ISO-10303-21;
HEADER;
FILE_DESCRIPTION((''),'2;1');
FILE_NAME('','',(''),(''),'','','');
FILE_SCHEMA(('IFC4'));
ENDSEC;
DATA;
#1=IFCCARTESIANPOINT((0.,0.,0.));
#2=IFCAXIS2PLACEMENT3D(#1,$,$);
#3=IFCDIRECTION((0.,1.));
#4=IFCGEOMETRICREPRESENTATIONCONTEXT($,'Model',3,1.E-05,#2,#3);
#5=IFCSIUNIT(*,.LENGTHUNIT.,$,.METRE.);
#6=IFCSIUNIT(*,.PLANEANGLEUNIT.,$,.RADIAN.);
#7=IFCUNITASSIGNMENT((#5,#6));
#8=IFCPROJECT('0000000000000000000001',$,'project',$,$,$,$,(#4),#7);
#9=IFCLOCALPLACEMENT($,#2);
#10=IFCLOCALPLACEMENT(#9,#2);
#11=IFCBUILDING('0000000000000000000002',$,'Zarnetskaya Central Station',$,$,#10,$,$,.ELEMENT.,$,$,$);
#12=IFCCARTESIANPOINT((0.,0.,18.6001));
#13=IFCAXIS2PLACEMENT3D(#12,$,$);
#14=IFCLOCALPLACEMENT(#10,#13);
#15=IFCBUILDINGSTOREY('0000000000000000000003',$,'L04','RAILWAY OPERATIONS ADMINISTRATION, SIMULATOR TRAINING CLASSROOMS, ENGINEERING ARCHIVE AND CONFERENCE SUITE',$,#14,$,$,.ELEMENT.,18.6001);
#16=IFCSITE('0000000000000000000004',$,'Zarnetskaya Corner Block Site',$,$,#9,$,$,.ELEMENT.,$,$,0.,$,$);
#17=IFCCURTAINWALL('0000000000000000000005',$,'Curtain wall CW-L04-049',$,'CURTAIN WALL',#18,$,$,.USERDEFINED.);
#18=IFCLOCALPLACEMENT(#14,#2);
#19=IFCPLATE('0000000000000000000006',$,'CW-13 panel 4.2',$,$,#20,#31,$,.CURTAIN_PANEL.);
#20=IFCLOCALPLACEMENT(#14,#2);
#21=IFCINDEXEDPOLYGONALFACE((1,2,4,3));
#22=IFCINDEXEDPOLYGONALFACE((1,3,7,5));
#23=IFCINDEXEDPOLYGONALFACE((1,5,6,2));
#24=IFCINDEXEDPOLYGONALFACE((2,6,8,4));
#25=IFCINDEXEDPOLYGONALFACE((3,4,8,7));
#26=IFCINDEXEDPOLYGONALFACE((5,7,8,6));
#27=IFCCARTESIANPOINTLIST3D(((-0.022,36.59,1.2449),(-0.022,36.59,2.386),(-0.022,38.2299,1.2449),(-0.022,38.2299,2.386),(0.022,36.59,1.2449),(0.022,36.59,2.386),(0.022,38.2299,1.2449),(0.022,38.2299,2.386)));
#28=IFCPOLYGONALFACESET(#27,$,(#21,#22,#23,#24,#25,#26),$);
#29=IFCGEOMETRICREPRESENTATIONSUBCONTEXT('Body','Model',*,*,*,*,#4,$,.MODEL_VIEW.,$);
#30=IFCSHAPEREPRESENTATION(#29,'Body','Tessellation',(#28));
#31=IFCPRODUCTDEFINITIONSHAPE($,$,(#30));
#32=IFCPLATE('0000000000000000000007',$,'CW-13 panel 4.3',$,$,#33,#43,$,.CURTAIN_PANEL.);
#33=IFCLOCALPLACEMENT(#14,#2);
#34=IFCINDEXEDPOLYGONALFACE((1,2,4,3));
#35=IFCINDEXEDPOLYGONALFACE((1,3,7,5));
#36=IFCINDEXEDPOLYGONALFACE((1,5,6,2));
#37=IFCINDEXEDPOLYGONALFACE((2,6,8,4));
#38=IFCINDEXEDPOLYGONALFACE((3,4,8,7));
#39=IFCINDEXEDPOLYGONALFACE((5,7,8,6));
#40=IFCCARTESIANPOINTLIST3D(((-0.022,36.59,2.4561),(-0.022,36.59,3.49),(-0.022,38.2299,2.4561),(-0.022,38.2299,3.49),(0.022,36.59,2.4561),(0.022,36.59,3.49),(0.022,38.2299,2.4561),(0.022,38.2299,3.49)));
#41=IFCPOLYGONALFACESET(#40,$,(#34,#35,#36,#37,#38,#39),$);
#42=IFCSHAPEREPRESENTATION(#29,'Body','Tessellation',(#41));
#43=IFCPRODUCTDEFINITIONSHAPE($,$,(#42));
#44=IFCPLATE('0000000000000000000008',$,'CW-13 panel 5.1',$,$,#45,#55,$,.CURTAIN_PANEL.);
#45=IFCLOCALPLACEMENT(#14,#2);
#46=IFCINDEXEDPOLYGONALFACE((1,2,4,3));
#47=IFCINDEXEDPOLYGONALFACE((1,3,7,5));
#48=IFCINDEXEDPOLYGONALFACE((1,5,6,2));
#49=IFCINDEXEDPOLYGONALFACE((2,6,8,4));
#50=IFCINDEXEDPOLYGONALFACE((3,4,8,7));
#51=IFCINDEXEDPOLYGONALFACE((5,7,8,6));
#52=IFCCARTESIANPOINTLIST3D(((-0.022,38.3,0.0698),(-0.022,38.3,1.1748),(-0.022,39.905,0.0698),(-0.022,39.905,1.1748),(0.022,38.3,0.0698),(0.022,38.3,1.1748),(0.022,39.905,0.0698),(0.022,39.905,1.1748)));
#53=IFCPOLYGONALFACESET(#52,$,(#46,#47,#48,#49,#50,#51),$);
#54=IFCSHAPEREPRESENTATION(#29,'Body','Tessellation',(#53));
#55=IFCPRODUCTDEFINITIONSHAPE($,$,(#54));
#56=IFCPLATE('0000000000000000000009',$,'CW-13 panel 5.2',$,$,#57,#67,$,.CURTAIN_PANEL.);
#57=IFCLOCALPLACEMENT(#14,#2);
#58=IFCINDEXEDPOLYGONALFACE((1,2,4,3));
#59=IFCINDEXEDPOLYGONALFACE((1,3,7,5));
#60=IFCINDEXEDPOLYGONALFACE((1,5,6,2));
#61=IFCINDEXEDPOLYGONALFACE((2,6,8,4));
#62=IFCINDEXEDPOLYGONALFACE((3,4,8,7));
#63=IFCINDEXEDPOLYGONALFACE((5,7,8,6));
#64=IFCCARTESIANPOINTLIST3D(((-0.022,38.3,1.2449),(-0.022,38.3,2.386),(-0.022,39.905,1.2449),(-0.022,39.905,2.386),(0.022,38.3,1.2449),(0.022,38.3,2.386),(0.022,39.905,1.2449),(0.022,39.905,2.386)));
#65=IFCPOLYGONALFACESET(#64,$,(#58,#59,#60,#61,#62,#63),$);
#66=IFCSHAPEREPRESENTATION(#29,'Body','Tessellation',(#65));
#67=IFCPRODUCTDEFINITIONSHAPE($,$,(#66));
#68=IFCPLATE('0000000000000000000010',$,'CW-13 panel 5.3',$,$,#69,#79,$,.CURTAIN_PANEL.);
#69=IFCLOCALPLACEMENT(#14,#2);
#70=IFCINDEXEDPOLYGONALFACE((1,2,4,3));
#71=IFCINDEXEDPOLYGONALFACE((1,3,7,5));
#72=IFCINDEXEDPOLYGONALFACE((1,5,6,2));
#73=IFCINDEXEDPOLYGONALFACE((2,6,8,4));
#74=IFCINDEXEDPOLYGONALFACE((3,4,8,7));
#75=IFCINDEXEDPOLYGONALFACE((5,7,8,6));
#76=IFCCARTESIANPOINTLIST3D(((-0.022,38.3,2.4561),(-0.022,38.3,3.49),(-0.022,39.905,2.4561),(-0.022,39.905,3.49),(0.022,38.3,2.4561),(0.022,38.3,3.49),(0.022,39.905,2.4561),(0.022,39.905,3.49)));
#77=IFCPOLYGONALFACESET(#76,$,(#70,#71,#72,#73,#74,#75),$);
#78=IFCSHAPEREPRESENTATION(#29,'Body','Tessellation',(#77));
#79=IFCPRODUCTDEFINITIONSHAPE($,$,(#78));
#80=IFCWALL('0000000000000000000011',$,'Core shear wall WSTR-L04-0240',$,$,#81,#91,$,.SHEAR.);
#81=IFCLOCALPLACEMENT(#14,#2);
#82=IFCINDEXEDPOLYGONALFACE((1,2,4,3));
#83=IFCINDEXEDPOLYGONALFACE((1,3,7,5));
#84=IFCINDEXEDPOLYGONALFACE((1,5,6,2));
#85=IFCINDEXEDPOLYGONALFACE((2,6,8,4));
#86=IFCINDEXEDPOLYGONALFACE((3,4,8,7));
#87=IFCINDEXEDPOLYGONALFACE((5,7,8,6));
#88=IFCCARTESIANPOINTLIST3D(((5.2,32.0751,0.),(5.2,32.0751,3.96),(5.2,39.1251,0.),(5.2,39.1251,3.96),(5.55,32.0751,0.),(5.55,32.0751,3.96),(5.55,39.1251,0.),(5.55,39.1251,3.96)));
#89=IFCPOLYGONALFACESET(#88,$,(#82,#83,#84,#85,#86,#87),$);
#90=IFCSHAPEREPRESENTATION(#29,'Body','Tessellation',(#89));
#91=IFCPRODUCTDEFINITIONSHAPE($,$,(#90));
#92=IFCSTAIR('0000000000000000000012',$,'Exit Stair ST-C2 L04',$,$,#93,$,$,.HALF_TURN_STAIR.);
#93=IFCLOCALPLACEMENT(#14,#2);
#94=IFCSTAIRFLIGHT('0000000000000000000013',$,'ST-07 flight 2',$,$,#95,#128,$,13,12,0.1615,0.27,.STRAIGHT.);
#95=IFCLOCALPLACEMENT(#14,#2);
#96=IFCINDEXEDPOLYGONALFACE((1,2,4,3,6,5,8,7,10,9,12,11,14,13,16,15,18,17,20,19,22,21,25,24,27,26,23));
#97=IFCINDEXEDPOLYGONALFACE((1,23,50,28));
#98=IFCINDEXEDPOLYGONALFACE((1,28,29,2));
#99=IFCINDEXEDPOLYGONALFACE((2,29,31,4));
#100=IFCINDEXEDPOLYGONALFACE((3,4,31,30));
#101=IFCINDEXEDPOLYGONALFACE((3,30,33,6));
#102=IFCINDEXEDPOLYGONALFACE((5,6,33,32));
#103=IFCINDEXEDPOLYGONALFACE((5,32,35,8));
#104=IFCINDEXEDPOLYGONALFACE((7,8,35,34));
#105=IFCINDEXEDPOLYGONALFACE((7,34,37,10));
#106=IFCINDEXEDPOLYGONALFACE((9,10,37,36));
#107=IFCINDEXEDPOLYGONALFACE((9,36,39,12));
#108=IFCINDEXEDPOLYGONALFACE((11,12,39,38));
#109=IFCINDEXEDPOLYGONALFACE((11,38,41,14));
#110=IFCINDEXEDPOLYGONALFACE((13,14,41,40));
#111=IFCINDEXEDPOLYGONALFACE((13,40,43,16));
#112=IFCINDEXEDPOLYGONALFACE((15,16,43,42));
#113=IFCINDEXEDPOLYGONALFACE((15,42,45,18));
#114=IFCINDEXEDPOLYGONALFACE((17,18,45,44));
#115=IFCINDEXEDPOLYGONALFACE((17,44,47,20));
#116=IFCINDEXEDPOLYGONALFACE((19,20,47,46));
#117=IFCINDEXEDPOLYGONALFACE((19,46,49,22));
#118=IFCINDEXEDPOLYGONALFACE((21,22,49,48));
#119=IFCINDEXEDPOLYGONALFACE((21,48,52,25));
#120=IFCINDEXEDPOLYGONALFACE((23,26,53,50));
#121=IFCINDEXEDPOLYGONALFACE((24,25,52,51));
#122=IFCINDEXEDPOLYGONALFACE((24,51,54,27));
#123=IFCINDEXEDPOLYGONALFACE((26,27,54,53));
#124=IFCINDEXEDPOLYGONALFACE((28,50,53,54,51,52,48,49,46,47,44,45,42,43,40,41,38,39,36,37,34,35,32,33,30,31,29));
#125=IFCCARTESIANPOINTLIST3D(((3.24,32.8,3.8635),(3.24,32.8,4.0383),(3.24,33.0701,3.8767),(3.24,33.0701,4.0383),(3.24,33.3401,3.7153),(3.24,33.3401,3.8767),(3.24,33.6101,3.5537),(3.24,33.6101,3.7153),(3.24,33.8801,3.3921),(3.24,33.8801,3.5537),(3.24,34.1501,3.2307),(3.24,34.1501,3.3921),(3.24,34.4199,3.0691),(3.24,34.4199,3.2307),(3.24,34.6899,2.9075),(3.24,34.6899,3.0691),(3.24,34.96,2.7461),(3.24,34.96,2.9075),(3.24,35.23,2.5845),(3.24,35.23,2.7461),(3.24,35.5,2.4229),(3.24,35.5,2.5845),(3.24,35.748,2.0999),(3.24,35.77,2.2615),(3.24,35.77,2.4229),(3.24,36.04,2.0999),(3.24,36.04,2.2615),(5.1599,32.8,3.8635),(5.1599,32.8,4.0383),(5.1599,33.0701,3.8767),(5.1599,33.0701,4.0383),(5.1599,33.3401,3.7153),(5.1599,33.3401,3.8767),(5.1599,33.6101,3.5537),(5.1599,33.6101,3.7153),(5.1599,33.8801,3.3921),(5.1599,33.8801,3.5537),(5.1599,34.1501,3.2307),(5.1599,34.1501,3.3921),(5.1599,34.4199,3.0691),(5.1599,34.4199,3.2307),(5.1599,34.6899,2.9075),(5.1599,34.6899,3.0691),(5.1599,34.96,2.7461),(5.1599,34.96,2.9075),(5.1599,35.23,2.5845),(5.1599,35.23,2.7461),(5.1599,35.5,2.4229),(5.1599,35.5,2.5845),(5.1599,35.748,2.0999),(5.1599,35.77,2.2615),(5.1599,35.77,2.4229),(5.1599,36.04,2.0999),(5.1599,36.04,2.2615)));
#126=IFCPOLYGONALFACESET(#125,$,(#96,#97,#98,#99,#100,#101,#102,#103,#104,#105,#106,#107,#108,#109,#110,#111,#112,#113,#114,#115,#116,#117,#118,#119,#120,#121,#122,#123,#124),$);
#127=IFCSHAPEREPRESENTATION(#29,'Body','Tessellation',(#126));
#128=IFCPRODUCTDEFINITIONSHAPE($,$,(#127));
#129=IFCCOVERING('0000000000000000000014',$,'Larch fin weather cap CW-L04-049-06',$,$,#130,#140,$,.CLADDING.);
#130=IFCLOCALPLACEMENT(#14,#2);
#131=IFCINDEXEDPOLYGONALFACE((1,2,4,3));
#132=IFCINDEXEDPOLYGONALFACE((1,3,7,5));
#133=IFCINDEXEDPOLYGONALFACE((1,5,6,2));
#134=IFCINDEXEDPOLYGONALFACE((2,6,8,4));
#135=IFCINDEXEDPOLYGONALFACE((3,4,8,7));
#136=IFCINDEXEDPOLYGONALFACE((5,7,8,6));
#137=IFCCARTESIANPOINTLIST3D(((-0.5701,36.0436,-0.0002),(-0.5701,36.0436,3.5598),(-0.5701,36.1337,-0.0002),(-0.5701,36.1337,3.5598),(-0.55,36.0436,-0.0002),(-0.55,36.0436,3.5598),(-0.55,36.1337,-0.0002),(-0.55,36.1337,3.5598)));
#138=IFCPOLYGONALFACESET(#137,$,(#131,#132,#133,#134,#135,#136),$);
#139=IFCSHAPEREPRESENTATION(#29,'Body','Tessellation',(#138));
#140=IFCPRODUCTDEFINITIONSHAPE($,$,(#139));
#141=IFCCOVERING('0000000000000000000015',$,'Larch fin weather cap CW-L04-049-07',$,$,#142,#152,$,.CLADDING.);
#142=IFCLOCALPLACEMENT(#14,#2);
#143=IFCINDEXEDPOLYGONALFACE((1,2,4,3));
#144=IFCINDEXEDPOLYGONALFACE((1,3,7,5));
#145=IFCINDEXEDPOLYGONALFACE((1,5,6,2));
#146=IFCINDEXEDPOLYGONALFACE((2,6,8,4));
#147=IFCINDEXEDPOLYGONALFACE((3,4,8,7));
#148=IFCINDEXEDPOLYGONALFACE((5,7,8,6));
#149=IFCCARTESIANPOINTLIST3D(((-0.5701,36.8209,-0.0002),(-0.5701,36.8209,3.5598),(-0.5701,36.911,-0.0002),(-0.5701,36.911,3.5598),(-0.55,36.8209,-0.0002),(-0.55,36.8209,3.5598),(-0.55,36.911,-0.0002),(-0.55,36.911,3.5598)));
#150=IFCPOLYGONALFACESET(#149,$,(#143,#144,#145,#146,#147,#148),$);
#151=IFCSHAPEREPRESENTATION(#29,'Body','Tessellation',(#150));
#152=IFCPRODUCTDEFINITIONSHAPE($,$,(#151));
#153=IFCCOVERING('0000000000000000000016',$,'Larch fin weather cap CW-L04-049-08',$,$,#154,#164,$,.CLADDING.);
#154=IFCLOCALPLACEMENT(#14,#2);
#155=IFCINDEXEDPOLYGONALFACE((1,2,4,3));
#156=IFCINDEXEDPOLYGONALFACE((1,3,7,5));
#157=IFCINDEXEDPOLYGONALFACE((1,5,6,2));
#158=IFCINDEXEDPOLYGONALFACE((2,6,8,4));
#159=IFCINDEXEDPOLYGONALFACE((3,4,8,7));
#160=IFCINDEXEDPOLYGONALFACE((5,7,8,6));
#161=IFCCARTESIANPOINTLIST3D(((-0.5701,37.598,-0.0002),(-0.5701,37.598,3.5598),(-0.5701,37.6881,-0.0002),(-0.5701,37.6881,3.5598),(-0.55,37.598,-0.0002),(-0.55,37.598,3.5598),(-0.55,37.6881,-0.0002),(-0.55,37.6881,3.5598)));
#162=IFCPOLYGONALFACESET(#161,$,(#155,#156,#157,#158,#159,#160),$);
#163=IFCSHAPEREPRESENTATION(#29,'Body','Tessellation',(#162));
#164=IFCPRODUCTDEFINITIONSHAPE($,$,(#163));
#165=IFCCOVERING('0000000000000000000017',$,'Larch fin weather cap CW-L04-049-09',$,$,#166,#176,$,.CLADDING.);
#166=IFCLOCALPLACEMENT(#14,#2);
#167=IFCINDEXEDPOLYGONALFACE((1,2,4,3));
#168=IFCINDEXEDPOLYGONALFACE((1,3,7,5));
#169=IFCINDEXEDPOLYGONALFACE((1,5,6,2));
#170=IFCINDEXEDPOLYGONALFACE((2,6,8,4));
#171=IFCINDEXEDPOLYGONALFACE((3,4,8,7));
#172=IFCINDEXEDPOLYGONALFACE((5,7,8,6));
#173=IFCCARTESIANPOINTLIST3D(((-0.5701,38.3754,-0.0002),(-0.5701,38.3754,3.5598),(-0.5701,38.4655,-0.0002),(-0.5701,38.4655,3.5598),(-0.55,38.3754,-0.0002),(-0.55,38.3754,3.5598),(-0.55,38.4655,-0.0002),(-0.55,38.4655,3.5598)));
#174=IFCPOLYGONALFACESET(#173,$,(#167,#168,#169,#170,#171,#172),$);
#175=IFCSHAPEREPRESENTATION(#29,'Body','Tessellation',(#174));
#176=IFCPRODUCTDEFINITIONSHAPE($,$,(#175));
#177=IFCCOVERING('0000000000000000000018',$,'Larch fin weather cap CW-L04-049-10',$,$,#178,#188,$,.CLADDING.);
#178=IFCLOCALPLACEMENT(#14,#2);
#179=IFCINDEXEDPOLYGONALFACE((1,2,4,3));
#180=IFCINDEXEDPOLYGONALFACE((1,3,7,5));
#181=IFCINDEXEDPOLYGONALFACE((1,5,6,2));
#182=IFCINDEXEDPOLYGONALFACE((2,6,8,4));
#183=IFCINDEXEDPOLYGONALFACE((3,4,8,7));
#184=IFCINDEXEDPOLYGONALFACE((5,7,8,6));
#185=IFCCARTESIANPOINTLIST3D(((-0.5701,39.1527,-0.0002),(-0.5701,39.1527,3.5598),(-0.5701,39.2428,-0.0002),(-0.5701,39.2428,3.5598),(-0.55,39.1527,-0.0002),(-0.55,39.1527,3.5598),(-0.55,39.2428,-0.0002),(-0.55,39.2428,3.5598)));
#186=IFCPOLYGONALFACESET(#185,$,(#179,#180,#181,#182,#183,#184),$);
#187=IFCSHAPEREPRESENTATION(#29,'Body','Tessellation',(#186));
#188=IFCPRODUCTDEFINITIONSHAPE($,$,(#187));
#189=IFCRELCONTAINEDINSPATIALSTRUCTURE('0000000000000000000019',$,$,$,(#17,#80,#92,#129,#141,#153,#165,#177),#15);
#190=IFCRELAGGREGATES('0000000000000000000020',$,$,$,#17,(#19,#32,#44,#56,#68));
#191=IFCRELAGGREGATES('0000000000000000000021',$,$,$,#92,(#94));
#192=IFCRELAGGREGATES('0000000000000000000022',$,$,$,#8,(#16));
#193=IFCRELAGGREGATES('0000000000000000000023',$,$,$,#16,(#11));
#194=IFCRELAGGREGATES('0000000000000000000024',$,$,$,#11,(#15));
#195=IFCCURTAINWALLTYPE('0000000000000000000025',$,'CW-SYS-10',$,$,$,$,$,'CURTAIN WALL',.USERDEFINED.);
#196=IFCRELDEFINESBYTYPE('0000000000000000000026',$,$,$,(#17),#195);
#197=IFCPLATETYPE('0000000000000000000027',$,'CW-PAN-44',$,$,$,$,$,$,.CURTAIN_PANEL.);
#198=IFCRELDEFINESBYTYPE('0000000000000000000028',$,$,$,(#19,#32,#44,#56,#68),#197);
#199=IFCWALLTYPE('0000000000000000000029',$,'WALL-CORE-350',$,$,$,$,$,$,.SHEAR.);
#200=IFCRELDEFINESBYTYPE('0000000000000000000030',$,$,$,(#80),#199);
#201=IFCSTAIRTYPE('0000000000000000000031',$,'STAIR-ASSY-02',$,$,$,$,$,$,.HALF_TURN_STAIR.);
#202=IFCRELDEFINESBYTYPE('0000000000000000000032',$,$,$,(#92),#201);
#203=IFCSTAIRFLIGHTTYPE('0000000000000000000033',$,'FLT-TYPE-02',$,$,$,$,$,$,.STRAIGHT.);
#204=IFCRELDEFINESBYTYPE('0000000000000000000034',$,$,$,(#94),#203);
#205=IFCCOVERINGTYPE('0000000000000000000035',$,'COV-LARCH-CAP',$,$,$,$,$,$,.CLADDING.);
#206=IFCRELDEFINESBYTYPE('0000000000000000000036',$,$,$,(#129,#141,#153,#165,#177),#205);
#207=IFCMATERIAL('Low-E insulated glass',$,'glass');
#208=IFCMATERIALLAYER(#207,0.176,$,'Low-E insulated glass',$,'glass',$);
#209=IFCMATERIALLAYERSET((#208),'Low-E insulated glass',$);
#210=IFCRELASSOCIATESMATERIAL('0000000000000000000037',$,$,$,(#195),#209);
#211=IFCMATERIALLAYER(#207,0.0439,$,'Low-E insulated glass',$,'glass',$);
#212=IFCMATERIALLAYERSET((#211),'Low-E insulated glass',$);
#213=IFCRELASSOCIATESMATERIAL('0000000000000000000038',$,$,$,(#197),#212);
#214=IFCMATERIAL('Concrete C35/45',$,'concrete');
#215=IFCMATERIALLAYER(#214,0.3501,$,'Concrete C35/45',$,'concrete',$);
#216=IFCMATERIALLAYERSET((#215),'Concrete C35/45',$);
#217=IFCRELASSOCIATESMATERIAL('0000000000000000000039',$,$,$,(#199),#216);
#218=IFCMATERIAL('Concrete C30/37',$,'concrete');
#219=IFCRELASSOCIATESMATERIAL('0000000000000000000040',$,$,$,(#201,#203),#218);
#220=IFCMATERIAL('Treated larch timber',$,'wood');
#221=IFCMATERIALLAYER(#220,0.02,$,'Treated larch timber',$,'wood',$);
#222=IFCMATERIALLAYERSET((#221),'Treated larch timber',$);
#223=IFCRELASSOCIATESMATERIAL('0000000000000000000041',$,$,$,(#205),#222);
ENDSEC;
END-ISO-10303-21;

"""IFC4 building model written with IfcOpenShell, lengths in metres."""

from ifc_helpers import new_model, si_unit, direction, frame, frame_2d, origin, origin_2d, place, context, subcontext, project, spatial, polyline, rectangle, outline, extrude, material, layer, layer_set, type_object, element, aggregate, save


model = new_model("IFC4")

# Units and contexts
model_context = context("Model", 3, precision=1e-05, world=origin(), true_north=direction((0.0, 1.0)))
body_context = subcontext(model_context, "Body", "Model", "MODEL_VIEW")
ifc_project = project(units=[si_unit("LENGTHUNIT", "METRE"), si_unit("PLANEANGLEUNIT", "RADIAN")], contexts=[model_context])

# Site, building, storey
site_placement = place(None, origin())
site = spatial("IfcSite", under=ifc_project, at=site_placement, Name="Zarnetskaya Corner Block Site", CompositionType="ELEMENT", RefElevation=0.0)
building_placement = place(site_placement, origin())
building = spatial("IfcBuilding", under=site, at=building_placement, Name="Zarnetskaya Central Station", CompositionType="ELEMENT")
storey_placement = place(building_placement, frame((0.0, 0.0, 18.6001)))
storey = spatial("IfcBuildingStorey", under=building, at=storey_placement, Name="L04", Description="RAILWAY OPERATIONS ADMINISTRATION, SIMULATOR TRAINING CLASSROOMS, ENGINEERING ARCHIVE AND CONFERENCE SUITE", CompositionType="ELEMENT", Elevation=18.6001)

# Curtain wall, plates
ifc_material_1 = material(Name="Low-E insulated glass", Category="glass")
ifc_layer_1 = layer(ifc_material_1, 0.176, Name="Low-E insulated glass", Category="glass")
ifc_layer_set_1 = layer_set([ifc_layer_1], Name="Low-E insulated glass")
curtain_wall_type = type_object("IfcCurtainWallType", Name="CW-SYS-10", ElementType="CURTAIN WALL", PredefinedType="USERDEFINED", material=ifc_layer_set_1)
curtain_wall_placement = place(storey_placement, origin())
curtain_wall = element("IfcCurtainWall", 1, at=curtain_wall_placement, inside=storey, type_object=curtain_wall_type, Name="Curtain wall CW-L04-049", ObjectType="CURTAIN WALL", PredefinedType="USERDEFINED")
ifc_layer_2 = layer(ifc_material_1, 0.0439, Name="Low-E insulated glass", Category="glass")
ifc_layer_set_2 = layer_set([ifc_layer_2], Name="Low-E insulated glass")
plate_type = type_object("IfcPlateType", Name="CW-PAN-44", PredefinedType="CURTAIN_PANEL", material=ifc_layer_set_2)
plate_1_placement = place(storey_placement, frame((0.0, 37.4099, 1.2449), z_axis=(0.0, 0.0, 1.0), x_axis=(0.0, 1.0, 0.0)))
plate_1 = element("IfcPlate", 2, at=plate_1_placement, type_object=plate_type, Name="CW-13 panel 4.2", PredefinedType="CURTAIN_PANEL", context=body_context, shape_type="SweptSolid", body=[
    extrude(rectangle(XDim=1.6399, YDim=0.0439, at=origin_2d()), origin(), (0.0, 0.0, 1.0), 1.1411),
])
plate_2_placement = place(storey_placement, frame((0.0, 37.4099, 2.4561), z_axis=(0.0, 0.0, 1.0), x_axis=(0.0, 1.0, 0.0)))
plate_2 = element("IfcPlate", 3, at=plate_2_placement, type_object=plate_type, Name="CW-13 panel 4.3", PredefinedType="CURTAIN_PANEL", context=body_context, shape_type="SweptSolid", body=[
    extrude(rectangle(XDim=1.6399, YDim=0.0439, at=origin_2d()), origin(), (0.0, 0.0, 1.0), 1.0339),
])
plate_3_placement = place(storey_placement, frame((0.0, 39.1025, 0.0698), z_axis=(0.0, 0.0, 1.0), x_axis=(0.0, 1.0, 0.0)))
plate_3 = element("IfcPlate", 4, at=plate_3_placement, type_object=plate_type, Name="CW-13 panel 5.1", PredefinedType="CURTAIN_PANEL", context=body_context, shape_type="SweptSolid", body=[
    extrude(rectangle(XDim=1.605, YDim=0.0439, at=origin_2d()), origin(), (0.0, 0.0, 1.0), 1.105),
])
plate_4_placement = place(storey_placement, frame((0.0, 39.1025, 1.2449), z_axis=(0.0, 0.0, 1.0), x_axis=(0.0, 1.0, 0.0)))
plate_4 = element("IfcPlate", 5, at=plate_4_placement, type_object=plate_type, Name="CW-13 panel 5.2", PredefinedType="CURTAIN_PANEL", context=body_context, shape_type="SweptSolid", body=[
    extrude(rectangle(XDim=1.605, YDim=0.0439, at=origin_2d()), origin(), (0.0, 0.0, 1.0), 1.1411),
])
plate_5_placement = place(storey_placement, frame((0.0, 39.1025, 2.4561), z_axis=(0.0, 0.0, 1.0), x_axis=(0.0, 1.0, 0.0)))
plate_5 = element("IfcPlate", 6, at=plate_5_placement, type_object=plate_type, Name="CW-13 panel 5.3", PredefinedType="CURTAIN_PANEL", context=body_context, shape_type="SweptSolid", body=[
    extrude(rectangle(XDim=1.605, YDim=0.0439, at=origin_2d()), origin(), (0.0, 0.0, 1.0), 1.0339),
])
aggregate(curtain_wall, [plate_1, plate_2, plate_3, plate_4, plate_5])

# Wall
ifc_material_2 = material(Name="Concrete C35/45", Category="concrete")
ifc_layer_3 = layer(ifc_material_2, 0.3501, Name="Concrete C35/45", Category="concrete")
ifc_layer_set_3 = layer_set([ifc_layer_3], Name="Concrete C35/45")
wall_type = type_object("IfcWallType", Name="WALL-CORE-350", PredefinedType="SHEAR", material=ifc_layer_set_3)
wall_placement = place(storey_placement, frame((5.375, 39.125, 0.0), z_axis=(0.0, 0.0, 1.0), x_axis=(0.0, -1.0, 0.0)))
element("IfcWall", 7, at=wall_placement, inside=storey, type_object=wall_type, Name="Core shear wall WSTR-L04-0240", PredefinedType="SHEAR", context=body_context, shape_type="SweptSolid", body=[
    extrude(rectangle(XDim=7.05, YDim=0.3501, at=frame_2d((3.5249, 0.0))), origin(), (0.0, 0.0, 1.0), 3.96),
])

# Stair, stair flight
ifc_material_3 = material(Name="Concrete C30/37", Category="concrete")
stair_type = type_object("IfcStairType", Name="STAIR-ASSY-02", PredefinedType="HALF_TURN_STAIR", material=ifc_material_3)
stair_placement = place(storey_placement, origin())
stair = element("IfcStair", 8, at=stair_placement, inside=storey, type_object=stair_type, Name="Exit Stair ST-C2 L04", PredefinedType="HALF_TURN_STAIR")
stair_flight_type = type_object("IfcStairFlightType", Name="FLT-TYPE-02", PredefinedType="STRAIGHT", material=ifc_material_3)
stair_flight_placement = place(storey_placement, frame((4.2, 36.04, 2.0999), z_axis=(0.0, 0.0, 1.0), x_axis=(0.0, -1.0, 0.0)))
stair_flight = element("IfcStairFlight", 9, at=stair_flight_placement, type_object=stair_flight_type, Name="ST-07 flight 2", NumberOfRisers=13, NumberOfTreads=12, PredefinedType="STRAIGHT", RiserHeight=0.1615, TreadLength=0.27, context=body_context, shape_type="SweptSolid", body=[
    extrude(outline(polyline([(0.0, 0.0), (0.0, 0.1616), (0.27, 0.1616), (0.27, 0.323), (0.54, 0.323), (0.54, 0.4846), (0.8101, 0.4846), (0.8101, 0.6462), (1.0801, 0.6462), (1.0801, 0.8076), (1.3501, 0.8076), (1.3501, 0.9692), (1.6201, 0.9692), (1.6201, 1.1309), (1.8899, 1.1309), (1.8899, 1.2922), (2.1599, 1.2922), (2.1599, 1.4539), (2.4299, 1.4539), (2.4299, 1.6155), (2.7, 1.6155), (2.7, 1.7769), (2.97, 1.7769), (2.97, 1.9385), (3.24, 1.9385), (3.24, 2.1001), (3.24, 1.7637), (0.292, 0.0), (0.0, 0.0)])), frame((0.0, 0.96, 0.0), z_axis=(0.0, -1.0, 0.0), x_axis=(1.0, 0.0, 0.0)), (0.0, 0.0, 1.0), 1.9199),
])
aggregate(stair, [stair_flight])

# Coverings
ifc_material_4 = material(Name="Treated larch timber", Category="wood")
ifc_layer_4 = layer(ifc_material_4, 0.02, Name="Treated larch timber", Category="wood")
ifc_layer_set_4 = layer_set([ifc_layer_4], Name="Treated larch timber")
covering_type = type_object("IfcCoveringType", Name="COV-LARCH-CAP", PredefinedType="CLADDING", material=ifc_layer_set_4)
for number, where, z_axis, x_axis, name in (
    (10, (-0.5601, 36.0886, -0.0002), (0.0, 0.0, 1.0), (0.0, 1.0, 0.0), "Larch fin weather cap CW-L04-049-06"),
    (11, (-0.5601, 36.866, -0.0002), (0.0, 0.0, 1.0), (0.0, 1.0, 0.0), "Larch fin weather cap CW-L04-049-07"),
    (12, (-0.5601, 37.6431, -0.0002), (0.0, 0.0, 1.0), (0.0, 1.0, 0.0), "Larch fin weather cap CW-L04-049-08"),
    (13, (-0.5601, 38.4204, -0.0002), (0.0, 0.0, 1.0), (0.0, 1.0, 0.0), "Larch fin weather cap CW-L04-049-09"),
    (14, (-0.5601, 39.1978, -0.0002), (0.0, 0.0, 1.0), (0.0, 1.0, 0.0), "Larch fin weather cap CW-L04-049-10"),
):
    element("IfcCovering", number, at=place(storey_placement, frame(where, z_axis=z_axis, x_axis=x_axis)), inside=storey, type_object=covering_type, Name=name, PredefinedType="CLADDING", context=body_context, shape_type="SweptSolid", body=[
        extrude(rectangle(XDim=0.0901, YDim=0.02, at=origin_2d()), origin(), (0.0, 0.0, 1.0), 3.5601),
    ])

save(model, "model.ifc")
